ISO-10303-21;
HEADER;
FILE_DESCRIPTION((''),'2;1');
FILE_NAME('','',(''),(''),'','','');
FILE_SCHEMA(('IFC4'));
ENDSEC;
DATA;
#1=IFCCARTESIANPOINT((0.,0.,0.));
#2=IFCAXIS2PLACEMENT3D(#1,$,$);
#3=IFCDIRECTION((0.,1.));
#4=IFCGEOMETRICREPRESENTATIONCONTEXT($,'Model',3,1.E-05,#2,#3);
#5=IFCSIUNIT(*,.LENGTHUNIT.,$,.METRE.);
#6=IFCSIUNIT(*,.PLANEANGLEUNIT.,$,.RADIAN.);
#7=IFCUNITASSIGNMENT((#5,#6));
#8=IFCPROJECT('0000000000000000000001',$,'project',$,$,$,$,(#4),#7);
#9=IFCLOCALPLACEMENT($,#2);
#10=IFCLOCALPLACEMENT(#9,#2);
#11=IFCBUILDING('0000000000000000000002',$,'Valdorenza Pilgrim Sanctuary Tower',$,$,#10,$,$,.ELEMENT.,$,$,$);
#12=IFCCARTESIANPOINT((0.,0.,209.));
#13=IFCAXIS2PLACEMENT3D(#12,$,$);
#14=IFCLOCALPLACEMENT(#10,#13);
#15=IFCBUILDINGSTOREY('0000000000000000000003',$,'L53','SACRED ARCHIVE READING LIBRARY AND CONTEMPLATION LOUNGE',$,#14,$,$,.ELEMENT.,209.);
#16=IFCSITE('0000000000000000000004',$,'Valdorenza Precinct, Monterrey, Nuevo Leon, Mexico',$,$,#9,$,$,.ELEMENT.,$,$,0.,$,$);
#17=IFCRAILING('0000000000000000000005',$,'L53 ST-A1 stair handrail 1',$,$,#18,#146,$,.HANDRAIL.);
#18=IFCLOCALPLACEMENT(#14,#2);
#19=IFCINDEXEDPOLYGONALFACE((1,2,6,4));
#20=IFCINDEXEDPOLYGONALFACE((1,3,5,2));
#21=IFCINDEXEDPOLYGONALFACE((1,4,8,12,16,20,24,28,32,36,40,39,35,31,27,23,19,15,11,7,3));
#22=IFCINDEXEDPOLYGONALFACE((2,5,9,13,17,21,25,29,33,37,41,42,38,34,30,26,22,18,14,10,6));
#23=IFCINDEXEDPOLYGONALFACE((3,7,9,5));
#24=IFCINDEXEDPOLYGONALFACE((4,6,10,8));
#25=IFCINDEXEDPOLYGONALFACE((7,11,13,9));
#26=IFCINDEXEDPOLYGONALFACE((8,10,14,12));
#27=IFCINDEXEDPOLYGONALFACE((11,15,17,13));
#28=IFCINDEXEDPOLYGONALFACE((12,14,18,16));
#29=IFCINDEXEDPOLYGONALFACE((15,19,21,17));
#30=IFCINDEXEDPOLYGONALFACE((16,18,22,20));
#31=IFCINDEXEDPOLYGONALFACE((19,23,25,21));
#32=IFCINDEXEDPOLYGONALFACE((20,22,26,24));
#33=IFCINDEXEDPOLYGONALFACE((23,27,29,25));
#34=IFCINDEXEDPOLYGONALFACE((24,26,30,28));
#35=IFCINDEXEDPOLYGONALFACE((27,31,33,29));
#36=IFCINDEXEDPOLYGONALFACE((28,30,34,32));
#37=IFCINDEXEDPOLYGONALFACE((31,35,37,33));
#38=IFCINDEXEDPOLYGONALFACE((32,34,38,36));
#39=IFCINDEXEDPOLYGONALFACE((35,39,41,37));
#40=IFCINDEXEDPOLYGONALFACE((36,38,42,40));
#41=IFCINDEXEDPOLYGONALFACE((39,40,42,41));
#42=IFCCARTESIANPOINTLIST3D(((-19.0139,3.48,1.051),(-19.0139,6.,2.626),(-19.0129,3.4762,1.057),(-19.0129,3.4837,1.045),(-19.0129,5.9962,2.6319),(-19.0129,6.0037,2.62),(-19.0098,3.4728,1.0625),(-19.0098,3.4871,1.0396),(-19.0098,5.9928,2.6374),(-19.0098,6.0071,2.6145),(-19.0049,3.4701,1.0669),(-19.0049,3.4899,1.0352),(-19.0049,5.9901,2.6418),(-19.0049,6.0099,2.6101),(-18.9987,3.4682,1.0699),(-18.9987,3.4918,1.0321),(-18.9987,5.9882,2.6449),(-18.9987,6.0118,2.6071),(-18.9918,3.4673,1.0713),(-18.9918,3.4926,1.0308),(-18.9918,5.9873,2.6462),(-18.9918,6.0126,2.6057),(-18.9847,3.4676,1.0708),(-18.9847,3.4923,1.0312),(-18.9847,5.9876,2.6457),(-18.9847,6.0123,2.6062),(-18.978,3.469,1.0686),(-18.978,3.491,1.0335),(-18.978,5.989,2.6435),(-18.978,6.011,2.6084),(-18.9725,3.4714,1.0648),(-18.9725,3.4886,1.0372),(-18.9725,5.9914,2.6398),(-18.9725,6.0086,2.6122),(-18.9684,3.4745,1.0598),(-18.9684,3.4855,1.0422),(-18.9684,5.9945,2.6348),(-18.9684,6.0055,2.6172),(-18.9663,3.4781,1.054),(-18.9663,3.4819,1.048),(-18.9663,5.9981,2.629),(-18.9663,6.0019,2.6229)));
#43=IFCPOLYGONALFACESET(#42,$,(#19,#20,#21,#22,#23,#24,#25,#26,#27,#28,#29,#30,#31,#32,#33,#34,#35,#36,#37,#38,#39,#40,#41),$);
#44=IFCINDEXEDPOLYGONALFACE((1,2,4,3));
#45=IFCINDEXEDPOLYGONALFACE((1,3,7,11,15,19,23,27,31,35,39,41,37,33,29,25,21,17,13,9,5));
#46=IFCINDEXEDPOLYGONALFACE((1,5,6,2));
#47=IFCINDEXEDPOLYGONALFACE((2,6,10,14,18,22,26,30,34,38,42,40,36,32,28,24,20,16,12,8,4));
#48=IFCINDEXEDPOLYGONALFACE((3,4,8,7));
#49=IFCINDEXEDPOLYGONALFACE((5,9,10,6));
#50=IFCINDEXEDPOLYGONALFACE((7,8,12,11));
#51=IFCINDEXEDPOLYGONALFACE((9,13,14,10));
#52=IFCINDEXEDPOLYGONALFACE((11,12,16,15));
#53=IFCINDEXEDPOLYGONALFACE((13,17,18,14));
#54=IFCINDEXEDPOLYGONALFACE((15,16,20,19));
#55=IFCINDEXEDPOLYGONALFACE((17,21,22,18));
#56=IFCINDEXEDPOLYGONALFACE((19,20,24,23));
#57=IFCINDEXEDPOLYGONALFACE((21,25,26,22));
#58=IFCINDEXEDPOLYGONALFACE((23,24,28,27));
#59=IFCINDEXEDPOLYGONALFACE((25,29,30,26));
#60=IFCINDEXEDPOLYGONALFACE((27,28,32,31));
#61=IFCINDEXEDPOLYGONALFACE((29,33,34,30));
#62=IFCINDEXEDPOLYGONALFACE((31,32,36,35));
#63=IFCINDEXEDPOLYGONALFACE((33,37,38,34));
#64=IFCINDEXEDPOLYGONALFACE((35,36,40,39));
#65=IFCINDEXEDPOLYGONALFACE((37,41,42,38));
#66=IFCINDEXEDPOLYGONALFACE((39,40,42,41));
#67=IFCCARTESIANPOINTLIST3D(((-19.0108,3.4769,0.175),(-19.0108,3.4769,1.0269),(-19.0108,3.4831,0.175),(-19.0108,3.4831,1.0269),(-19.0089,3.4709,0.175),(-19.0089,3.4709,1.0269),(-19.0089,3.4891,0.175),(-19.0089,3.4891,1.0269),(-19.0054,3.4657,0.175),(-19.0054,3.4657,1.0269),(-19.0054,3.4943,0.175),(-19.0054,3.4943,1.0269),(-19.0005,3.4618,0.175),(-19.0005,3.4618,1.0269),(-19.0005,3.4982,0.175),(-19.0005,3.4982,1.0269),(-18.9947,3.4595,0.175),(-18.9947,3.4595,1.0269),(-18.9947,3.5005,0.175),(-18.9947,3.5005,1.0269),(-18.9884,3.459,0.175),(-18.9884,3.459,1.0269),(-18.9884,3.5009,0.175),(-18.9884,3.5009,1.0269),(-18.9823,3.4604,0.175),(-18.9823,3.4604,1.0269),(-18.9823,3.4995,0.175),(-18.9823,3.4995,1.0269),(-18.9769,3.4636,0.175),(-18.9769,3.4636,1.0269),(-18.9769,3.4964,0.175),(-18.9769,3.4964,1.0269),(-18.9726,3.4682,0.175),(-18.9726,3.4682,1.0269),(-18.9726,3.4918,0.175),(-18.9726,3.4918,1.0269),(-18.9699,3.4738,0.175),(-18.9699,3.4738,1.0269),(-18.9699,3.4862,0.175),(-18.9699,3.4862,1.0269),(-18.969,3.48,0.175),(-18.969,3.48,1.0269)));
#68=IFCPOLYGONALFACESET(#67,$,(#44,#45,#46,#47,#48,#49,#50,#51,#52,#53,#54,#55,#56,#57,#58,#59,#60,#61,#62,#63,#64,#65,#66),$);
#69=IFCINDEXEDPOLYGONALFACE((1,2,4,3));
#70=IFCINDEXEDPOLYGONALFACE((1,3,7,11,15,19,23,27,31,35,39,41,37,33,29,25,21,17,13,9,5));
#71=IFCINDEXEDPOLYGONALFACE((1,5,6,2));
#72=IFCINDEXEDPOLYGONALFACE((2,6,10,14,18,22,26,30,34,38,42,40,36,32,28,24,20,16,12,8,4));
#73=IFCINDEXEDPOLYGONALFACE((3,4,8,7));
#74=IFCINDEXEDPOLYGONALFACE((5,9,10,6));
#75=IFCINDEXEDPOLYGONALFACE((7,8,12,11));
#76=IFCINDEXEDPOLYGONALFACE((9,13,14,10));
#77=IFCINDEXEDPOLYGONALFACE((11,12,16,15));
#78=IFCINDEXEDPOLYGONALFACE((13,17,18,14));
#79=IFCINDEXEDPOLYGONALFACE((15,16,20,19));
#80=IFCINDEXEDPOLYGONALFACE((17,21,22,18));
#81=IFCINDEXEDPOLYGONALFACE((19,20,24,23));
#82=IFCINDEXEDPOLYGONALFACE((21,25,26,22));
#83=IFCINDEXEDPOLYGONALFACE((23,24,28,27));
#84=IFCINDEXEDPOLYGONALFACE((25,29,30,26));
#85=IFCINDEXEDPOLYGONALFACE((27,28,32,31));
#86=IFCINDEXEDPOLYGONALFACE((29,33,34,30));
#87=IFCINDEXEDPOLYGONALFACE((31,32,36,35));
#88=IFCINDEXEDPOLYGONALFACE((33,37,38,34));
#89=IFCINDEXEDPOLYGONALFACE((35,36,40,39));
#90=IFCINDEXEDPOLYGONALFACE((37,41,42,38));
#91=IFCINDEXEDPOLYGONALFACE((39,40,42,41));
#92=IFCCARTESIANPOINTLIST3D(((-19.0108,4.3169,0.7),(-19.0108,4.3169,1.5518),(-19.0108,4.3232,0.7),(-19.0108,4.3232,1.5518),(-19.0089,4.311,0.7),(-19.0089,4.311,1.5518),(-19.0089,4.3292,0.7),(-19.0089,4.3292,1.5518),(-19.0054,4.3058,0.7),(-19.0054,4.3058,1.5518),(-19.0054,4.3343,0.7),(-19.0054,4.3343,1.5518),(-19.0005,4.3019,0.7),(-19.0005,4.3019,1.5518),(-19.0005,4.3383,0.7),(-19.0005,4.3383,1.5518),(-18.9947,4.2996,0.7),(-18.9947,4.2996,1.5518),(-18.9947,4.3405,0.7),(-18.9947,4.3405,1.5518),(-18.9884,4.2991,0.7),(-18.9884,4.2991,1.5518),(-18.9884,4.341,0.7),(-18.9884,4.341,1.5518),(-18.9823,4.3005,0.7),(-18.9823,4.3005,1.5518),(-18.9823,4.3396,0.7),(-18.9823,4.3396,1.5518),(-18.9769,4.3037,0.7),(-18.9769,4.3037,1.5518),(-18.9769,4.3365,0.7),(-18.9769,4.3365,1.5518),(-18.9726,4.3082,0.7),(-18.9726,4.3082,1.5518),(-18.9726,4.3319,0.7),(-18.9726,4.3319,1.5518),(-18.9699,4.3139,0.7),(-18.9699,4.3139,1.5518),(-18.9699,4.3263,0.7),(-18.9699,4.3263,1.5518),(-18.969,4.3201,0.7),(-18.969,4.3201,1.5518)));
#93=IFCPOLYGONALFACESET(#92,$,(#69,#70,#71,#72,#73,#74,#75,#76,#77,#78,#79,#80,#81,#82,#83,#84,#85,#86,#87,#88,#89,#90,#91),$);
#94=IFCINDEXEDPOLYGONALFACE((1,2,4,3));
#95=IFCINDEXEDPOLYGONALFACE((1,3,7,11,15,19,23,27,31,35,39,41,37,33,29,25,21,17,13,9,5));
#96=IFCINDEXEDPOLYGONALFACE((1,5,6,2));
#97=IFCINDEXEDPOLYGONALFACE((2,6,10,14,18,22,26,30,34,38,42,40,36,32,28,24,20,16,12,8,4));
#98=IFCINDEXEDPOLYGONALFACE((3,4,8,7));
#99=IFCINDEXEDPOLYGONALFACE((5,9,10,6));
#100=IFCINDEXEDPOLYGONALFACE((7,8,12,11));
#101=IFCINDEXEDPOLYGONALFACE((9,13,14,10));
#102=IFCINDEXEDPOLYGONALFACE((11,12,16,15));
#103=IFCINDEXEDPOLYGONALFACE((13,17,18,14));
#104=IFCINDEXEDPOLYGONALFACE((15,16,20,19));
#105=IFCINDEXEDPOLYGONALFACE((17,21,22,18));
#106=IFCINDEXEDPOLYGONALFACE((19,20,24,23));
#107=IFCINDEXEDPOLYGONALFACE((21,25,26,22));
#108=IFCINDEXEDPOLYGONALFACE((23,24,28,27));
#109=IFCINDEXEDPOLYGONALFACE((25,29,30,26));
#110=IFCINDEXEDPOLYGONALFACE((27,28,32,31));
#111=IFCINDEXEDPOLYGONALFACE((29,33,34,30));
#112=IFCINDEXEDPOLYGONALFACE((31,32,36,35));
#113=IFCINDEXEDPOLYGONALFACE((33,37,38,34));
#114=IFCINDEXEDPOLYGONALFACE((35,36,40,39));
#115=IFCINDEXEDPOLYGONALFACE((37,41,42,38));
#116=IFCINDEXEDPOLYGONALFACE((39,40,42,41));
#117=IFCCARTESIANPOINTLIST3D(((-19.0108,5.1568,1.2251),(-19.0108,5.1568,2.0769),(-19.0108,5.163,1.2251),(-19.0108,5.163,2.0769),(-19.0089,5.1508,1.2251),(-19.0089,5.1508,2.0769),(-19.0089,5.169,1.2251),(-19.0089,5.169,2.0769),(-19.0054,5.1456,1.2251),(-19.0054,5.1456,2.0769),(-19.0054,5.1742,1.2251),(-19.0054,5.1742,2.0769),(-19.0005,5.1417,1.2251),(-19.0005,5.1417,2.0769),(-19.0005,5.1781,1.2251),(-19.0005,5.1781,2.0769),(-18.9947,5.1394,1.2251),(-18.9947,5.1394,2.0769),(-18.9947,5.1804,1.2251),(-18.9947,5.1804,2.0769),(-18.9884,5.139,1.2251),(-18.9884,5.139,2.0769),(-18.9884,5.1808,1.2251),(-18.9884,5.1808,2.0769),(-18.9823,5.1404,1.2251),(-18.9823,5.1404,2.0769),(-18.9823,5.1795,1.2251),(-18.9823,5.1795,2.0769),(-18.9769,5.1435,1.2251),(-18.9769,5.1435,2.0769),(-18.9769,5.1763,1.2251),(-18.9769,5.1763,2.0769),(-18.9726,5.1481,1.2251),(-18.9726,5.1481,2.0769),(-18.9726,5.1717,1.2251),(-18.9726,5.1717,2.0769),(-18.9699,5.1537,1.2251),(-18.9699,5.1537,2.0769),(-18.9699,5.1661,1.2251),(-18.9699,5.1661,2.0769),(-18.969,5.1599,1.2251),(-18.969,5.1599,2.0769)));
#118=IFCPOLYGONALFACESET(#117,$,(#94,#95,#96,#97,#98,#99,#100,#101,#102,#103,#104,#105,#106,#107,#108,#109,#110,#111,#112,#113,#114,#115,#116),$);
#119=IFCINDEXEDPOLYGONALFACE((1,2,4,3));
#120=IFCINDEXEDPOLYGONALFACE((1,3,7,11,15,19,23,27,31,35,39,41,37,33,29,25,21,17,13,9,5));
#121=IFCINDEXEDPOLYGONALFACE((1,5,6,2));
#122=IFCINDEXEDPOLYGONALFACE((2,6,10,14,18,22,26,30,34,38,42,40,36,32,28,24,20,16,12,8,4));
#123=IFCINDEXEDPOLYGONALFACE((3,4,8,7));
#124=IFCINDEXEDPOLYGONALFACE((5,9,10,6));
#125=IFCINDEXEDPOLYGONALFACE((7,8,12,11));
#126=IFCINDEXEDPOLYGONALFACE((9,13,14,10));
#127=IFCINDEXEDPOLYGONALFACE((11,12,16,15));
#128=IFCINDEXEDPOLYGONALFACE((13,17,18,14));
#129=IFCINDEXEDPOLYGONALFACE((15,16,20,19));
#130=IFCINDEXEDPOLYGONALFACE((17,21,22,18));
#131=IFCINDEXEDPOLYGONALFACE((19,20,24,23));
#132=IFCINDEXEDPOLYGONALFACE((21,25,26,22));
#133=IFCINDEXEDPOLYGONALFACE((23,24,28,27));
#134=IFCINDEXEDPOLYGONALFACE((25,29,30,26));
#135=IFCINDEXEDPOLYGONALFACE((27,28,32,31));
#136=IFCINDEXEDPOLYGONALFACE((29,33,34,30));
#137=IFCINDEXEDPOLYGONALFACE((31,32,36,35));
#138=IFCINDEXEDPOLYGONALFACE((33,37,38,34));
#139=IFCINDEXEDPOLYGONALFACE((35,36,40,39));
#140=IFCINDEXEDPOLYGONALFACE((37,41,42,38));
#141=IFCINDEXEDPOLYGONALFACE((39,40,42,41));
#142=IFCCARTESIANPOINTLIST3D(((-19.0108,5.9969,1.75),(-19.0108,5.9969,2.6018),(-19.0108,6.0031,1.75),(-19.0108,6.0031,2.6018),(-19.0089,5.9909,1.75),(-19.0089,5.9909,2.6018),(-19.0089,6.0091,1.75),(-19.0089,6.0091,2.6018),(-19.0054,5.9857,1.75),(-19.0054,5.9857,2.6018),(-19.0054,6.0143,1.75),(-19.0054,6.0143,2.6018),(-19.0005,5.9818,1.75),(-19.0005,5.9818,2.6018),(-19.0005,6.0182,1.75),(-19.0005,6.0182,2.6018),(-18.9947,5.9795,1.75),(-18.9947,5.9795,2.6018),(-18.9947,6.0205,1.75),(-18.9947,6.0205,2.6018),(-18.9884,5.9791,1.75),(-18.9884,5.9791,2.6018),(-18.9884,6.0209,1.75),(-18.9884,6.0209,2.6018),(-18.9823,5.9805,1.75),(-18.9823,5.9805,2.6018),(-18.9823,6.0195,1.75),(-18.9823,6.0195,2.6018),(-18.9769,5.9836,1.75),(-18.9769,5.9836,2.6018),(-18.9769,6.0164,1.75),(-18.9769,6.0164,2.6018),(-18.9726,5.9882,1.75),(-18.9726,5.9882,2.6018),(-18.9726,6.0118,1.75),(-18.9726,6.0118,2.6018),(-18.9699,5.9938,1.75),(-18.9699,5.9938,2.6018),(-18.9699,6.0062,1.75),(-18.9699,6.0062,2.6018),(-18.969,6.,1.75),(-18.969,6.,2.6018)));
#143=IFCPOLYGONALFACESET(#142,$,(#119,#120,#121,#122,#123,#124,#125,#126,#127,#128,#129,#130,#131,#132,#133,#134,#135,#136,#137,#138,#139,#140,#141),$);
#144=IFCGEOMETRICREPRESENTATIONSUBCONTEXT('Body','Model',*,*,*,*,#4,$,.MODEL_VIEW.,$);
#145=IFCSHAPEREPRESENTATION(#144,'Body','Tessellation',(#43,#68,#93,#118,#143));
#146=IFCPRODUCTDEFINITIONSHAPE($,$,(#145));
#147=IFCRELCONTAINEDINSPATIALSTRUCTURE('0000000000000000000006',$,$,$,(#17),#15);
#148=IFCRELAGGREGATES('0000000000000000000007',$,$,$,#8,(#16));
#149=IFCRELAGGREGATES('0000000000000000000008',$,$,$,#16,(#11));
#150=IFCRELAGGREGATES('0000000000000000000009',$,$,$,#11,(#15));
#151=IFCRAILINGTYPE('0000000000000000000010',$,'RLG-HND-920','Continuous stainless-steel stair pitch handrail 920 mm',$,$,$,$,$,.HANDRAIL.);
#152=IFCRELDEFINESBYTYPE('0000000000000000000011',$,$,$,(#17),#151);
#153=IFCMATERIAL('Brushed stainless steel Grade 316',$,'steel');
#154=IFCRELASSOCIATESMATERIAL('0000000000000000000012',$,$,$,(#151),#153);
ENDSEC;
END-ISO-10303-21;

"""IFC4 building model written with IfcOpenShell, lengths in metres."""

from ifc_helpers import new_model, si_unit, direction, frame, origin, origin_2d, place, context, subcontext, project, spatial, circle, extrude, material, type_object, element, save


model = new_model("IFC4")

# Units and contexts
model_context = context("Model", 3, precision=1e-05, world=origin(), true_north=direction((0.0, 1.0)))
body_context = subcontext(model_context, "Body", "Model", "MODEL_VIEW")
ifc_project = project(units=[si_unit("LENGTHUNIT", "METRE"), si_unit("PLANEANGLEUNIT", "RADIAN")], contexts=[model_context])

# Site, building, storey
site_placement = place(None, origin())
site = spatial("IfcSite", under=ifc_project, at=site_placement, Name="Valdorenza Precinct, Monterrey, Nuevo Leon, Mexico", CompositionType="ELEMENT", RefElevation=0.0)
building_placement = place(site_placement, origin())
building = spatial("IfcBuilding", under=site, at=building_placement, Name="Valdorenza Pilgrim Sanctuary Tower", CompositionType="ELEMENT")
storey_placement = place(building_placement, frame((0.0, 0.0, 209.0)))
storey = spatial("IfcBuildingStorey", under=building, at=storey_placement, Name="L53", Description="SACRED ARCHIVE READING LIBRARY AND CONTEMPLATION LOUNGE", CompositionType="ELEMENT", Elevation=209.0)

# Shared definitions
ifc_material_1 = material(Name="Brushed stainless steel Grade 316", Category="steel")

# Railing
railing_type = type_object("IfcRailingType", Name="RLG-HND-920", Description="Continuous stainless-steel stair pitch handrail 920 mm", PredefinedType="HANDRAIL", material=ifc_material_1)
railing_placement = place(storey_placement, frame((-18.99, 3.48, 0.175)))
element("IfcRailing", 1, at=railing_placement, inside=storey, type_object=railing_type, Name="L53 ST-A1 stair handrail 1", PredefinedType="HANDRAIL", context=body_context, shape_type="SweptSolid", body=[
    extrude(circle(Radius=0.0239, at=origin_2d()), frame((0.0, 0.0, 0.876), z_axis=(0.0, 0.848008, 0.529984), x_axis=(-1.0, 0.0, 0.0)), (0.0, 0.0, 1.0), 2.9717),
    extrude(circle(Radius=0.021, at=origin_2d()), origin(), (0.0, 0.0, 1.0), 0.8518),
    extrude(circle(Radius=0.021, at=origin_2d()), frame((0.0, 0.8401, 0.5249)), (0.0, 0.0, 1.0), 0.8518),
    extrude(circle(Radius=0.021, at=origin_2d()), frame((0.0, 1.6799, 1.05)), (0.0, 0.0, 1.0), 0.8518),
    extrude(circle(Radius=0.021, at=origin_2d()), frame((0.0, 2.52, 1.575)), (0.0, 0.0, 1.0), 0.8518),
])

save(model, "model.ifc")
